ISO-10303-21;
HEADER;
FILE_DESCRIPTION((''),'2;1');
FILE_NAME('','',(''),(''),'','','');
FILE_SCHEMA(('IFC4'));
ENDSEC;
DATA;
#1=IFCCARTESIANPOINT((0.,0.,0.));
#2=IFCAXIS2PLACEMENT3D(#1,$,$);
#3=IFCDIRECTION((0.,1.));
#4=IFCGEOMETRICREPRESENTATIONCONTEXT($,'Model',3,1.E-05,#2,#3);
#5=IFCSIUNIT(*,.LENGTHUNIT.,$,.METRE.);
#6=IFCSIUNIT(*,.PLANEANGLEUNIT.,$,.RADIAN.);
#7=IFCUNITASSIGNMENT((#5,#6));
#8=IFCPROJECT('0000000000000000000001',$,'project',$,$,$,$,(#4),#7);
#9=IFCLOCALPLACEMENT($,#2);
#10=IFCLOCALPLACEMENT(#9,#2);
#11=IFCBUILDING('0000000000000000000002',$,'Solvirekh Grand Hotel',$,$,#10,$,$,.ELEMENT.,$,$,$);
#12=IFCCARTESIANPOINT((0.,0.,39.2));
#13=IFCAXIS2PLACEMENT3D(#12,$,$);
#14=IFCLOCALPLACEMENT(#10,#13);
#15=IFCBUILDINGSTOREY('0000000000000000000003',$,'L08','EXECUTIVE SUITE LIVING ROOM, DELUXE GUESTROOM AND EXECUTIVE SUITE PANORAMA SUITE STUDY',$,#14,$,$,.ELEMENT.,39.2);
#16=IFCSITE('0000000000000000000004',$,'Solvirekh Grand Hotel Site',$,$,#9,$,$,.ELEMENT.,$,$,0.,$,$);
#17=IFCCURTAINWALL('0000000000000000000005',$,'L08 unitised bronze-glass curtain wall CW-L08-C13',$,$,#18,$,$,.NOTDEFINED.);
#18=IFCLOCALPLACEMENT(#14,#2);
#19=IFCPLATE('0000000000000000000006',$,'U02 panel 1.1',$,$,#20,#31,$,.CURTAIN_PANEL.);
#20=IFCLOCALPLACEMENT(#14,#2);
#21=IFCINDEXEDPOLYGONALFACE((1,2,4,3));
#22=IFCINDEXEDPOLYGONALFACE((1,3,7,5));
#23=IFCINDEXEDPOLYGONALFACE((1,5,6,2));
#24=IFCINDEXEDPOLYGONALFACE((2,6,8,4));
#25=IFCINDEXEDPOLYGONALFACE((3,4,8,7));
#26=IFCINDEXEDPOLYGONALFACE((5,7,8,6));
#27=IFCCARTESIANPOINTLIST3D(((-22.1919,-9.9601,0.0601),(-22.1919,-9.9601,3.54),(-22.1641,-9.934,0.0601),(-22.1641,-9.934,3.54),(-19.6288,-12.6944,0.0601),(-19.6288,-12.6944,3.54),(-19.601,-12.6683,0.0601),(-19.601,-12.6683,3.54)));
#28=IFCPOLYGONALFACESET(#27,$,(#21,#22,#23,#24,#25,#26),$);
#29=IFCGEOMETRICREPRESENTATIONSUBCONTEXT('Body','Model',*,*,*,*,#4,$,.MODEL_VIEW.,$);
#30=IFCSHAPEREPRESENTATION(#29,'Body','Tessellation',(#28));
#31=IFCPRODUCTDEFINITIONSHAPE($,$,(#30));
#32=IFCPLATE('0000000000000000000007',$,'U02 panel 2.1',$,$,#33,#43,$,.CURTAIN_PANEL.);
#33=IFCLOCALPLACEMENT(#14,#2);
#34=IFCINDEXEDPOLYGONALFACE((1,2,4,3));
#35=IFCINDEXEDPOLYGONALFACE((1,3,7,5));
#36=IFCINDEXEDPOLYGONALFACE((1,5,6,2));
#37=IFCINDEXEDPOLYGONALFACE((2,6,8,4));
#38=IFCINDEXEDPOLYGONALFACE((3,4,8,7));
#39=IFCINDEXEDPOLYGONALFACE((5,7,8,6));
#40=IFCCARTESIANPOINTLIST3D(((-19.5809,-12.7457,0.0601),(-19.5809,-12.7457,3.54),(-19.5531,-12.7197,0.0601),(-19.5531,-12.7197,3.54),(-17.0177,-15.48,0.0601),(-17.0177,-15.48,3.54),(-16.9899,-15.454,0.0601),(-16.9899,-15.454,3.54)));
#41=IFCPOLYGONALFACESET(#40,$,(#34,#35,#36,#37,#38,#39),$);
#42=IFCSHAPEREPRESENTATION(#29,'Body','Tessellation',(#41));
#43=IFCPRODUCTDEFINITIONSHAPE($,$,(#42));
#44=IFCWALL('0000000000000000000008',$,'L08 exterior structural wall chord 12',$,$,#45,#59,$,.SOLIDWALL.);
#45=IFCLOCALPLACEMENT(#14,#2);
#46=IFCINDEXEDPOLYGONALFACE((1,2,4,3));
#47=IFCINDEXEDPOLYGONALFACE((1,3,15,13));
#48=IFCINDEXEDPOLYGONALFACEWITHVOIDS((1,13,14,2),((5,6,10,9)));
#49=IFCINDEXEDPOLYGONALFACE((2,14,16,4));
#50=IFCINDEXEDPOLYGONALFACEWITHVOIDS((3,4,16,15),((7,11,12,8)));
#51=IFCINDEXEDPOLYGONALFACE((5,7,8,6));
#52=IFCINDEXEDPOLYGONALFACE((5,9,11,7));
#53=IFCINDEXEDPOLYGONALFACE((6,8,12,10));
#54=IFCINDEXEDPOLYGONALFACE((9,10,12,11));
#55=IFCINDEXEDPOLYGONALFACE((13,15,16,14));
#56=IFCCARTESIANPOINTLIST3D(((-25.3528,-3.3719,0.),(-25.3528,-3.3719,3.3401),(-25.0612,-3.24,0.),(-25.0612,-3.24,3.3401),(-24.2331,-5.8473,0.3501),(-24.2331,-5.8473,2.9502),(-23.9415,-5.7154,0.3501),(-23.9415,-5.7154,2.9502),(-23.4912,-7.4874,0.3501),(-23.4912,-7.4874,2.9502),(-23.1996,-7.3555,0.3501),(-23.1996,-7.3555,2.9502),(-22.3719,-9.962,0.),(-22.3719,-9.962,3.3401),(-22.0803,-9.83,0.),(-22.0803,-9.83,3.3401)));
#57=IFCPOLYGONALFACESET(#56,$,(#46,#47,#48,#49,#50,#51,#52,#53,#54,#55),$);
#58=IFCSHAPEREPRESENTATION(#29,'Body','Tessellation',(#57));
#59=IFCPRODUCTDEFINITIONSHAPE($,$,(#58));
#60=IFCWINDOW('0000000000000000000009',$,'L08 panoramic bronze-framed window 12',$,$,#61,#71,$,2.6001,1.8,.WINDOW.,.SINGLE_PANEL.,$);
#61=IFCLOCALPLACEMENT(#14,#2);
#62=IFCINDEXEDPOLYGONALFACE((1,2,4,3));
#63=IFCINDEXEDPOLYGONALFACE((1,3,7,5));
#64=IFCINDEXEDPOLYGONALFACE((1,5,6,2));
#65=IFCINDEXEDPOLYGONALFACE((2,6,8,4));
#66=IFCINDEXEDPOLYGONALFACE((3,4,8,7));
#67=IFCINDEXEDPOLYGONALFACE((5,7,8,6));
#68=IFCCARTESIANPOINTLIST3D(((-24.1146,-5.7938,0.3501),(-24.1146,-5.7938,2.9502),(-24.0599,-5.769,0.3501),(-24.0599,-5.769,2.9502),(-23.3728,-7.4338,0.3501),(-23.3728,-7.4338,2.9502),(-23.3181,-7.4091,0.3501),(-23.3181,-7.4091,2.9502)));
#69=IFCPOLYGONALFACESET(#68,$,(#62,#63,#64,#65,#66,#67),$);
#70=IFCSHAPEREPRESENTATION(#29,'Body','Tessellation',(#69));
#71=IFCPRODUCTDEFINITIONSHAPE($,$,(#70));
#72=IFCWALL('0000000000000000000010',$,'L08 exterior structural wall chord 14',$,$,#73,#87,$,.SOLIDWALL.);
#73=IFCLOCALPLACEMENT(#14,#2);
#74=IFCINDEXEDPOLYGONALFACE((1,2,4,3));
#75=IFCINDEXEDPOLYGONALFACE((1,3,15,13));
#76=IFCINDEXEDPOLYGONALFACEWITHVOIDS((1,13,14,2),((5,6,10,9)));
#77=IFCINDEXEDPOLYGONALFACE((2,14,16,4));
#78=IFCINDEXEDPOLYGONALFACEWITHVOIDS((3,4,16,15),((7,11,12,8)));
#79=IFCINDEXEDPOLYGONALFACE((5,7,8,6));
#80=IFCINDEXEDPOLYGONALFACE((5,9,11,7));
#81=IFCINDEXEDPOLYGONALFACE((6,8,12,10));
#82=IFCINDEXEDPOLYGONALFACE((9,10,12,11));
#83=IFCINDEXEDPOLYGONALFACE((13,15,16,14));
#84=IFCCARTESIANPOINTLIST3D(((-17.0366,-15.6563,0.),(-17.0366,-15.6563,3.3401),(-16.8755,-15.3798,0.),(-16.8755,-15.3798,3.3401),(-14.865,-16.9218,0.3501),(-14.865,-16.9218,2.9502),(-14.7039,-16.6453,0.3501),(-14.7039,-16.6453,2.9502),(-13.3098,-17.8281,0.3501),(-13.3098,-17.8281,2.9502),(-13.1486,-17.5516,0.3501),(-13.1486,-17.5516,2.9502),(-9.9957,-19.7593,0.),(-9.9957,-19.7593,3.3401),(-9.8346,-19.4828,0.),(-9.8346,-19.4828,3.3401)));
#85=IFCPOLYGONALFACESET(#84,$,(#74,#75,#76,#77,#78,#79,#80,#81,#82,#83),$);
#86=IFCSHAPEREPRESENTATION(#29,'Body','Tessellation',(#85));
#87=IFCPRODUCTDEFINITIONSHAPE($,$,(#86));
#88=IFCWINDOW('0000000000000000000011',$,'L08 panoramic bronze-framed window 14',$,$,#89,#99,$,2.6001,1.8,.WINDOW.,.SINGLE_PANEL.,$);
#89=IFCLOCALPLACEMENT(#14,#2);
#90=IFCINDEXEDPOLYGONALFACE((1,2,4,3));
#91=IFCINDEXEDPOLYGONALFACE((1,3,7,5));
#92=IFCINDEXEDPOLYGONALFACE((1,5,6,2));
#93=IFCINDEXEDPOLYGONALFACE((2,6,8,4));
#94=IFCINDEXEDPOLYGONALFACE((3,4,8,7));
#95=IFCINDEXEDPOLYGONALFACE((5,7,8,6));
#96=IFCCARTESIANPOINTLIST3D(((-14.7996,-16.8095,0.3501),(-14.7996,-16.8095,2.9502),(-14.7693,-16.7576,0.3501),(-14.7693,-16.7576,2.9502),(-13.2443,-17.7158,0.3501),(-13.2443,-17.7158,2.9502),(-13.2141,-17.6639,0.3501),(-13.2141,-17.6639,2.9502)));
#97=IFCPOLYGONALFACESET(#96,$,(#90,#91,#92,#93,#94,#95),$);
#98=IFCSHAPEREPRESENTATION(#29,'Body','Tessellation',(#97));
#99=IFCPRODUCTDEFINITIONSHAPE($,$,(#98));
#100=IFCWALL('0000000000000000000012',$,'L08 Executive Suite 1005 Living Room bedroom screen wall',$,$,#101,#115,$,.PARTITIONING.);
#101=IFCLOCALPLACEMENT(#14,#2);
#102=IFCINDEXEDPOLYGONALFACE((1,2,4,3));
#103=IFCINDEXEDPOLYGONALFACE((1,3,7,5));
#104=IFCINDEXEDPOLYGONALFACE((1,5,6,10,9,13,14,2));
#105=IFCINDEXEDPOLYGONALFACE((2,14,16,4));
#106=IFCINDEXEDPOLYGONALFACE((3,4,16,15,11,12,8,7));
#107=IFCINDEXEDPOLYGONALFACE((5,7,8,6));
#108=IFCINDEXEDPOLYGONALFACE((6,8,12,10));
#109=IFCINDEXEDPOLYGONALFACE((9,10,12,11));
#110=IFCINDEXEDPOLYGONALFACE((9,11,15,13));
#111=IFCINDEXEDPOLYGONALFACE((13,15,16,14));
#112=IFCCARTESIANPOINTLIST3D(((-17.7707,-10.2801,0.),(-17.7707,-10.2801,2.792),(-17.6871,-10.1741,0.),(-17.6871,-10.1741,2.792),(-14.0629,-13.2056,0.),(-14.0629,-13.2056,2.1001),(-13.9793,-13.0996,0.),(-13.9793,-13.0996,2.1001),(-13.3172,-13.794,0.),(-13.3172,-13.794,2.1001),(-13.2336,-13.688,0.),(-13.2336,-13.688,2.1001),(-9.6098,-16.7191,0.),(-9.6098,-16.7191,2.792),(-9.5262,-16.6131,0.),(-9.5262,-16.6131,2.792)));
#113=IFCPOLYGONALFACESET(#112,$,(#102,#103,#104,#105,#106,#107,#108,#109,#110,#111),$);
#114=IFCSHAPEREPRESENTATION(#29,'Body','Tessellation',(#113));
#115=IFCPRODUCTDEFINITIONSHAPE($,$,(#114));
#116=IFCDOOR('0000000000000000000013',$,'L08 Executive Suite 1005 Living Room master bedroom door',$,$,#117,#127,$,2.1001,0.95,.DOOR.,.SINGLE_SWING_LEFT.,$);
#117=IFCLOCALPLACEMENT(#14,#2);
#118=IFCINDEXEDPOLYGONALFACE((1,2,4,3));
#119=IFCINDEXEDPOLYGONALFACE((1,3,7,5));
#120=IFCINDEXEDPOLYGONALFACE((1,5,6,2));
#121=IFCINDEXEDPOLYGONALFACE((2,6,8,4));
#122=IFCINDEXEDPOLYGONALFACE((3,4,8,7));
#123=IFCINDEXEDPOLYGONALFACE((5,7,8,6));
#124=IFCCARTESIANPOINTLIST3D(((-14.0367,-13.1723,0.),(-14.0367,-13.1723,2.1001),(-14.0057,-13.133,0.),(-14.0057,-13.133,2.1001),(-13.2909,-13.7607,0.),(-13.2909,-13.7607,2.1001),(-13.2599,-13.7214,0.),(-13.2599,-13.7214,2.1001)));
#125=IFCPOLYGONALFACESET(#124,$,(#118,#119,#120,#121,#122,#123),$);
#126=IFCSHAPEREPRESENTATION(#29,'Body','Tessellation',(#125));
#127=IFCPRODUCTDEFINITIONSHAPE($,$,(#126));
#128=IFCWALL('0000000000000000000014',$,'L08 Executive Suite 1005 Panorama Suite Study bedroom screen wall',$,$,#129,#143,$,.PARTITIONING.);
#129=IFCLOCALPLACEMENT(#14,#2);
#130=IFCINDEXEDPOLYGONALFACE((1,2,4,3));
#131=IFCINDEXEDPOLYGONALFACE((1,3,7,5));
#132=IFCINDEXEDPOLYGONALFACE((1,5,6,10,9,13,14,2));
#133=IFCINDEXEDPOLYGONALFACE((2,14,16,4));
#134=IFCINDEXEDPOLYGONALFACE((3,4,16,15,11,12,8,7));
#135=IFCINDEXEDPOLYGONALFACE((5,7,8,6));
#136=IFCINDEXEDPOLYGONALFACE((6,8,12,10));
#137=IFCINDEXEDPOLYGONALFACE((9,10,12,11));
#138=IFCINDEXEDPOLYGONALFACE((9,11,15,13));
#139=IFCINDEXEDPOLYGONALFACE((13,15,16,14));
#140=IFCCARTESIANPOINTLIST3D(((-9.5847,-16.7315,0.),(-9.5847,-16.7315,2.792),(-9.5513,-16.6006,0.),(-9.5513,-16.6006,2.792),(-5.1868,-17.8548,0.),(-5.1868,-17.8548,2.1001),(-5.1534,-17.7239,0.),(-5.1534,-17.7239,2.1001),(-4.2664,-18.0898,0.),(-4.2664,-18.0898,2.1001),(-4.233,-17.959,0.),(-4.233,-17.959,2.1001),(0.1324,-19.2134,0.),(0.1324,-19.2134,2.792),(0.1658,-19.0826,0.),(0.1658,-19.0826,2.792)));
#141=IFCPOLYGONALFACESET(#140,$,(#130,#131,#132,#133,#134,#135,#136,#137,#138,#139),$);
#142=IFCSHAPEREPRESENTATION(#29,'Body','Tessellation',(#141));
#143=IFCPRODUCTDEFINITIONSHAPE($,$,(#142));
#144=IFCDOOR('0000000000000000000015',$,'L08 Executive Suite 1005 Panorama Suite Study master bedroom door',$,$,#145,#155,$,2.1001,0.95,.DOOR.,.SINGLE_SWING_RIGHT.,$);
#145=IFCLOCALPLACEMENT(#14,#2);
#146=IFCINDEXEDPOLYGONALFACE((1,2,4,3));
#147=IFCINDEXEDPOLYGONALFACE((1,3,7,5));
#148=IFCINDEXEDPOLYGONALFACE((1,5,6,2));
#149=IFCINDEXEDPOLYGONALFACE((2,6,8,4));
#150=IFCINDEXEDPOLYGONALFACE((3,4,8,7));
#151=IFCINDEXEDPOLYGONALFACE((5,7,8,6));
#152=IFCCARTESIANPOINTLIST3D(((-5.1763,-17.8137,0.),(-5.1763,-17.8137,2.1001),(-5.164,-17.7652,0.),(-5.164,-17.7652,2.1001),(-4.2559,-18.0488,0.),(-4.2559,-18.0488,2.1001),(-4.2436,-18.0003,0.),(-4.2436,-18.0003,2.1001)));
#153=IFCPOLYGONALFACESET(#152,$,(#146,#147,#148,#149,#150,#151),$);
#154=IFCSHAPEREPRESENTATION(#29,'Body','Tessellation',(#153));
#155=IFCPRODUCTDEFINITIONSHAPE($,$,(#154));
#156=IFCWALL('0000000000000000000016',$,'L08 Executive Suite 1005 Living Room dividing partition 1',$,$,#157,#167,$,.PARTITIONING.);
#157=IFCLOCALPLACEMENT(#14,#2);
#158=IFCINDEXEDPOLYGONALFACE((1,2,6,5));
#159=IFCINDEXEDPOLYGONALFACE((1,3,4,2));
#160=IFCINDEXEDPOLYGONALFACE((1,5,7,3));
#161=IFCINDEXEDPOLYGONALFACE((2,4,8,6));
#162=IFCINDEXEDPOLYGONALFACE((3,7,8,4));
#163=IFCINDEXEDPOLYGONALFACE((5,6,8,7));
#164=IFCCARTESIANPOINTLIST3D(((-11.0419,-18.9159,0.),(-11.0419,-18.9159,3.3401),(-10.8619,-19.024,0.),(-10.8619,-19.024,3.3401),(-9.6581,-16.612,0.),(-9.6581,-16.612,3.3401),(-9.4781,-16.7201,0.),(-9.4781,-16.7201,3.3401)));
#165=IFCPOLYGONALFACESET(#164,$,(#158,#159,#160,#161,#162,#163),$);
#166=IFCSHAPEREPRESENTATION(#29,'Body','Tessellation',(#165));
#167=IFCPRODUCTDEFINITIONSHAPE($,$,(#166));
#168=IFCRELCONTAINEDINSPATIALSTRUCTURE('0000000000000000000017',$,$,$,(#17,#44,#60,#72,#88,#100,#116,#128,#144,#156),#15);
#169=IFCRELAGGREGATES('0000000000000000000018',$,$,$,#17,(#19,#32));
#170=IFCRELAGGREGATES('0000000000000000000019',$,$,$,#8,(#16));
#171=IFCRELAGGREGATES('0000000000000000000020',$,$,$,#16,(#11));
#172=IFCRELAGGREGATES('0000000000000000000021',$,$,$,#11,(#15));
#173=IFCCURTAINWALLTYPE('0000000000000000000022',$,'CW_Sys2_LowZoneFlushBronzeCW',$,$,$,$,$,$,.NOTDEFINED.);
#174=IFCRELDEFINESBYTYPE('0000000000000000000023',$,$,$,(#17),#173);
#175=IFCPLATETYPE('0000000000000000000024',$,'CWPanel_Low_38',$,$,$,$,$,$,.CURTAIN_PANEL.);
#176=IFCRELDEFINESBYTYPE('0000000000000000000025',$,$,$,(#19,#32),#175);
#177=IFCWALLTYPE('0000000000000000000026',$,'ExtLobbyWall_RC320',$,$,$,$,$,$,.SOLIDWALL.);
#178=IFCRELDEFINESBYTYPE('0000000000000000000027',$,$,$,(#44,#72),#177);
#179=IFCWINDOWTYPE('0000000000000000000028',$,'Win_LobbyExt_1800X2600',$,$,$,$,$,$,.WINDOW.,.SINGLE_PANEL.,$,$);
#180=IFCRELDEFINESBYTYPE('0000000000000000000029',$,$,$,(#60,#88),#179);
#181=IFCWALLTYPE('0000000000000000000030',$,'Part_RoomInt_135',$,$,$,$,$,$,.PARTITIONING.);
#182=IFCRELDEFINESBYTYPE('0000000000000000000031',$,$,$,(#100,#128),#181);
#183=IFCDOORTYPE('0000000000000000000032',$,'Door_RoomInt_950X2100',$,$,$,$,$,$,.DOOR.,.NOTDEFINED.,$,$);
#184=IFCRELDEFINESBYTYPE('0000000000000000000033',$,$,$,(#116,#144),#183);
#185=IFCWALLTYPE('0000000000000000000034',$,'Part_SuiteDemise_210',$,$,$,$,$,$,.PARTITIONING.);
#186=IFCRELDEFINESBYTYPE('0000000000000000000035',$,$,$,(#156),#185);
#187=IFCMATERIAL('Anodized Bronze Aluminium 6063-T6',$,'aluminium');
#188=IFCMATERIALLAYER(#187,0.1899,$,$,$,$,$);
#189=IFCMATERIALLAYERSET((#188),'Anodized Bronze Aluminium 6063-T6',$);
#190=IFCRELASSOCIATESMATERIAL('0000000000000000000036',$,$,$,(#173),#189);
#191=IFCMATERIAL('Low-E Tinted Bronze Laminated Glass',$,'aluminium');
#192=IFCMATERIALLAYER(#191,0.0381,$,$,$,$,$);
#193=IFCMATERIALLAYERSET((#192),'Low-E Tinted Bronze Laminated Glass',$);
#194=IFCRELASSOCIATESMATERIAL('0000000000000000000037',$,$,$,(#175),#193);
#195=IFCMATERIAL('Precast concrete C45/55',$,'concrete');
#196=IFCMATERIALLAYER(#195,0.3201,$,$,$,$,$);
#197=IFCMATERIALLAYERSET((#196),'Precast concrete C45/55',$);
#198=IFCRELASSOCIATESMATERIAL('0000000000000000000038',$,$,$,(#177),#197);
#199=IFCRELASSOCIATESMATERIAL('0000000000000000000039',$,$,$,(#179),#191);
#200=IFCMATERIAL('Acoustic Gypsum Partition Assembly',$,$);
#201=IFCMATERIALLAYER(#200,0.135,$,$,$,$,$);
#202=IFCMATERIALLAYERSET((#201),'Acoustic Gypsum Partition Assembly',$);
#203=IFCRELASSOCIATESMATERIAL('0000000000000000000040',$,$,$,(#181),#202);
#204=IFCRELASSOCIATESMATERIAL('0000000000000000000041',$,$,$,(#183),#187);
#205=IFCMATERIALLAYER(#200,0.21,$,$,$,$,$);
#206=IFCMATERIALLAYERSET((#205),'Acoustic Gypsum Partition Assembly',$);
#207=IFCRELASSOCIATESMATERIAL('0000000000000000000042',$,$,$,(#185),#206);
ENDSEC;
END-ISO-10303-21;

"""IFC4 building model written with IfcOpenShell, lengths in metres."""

from ifc_helpers import new_model, si_unit, direction, frame, frame_2d, origin, origin_2d, place, context, subcontext, project, spatial, rectangle, extrude, source, transform, mapped, material, layer, layer_set, type_object, element, fill, aggregate, save


model = new_model("IFC4")

# Units and contexts
model_context = context("Model", 3, precision=1e-05, world=origin(), true_north=direction((0.0, 1.0)))
body_context = subcontext(model_context, "Body", "Model", "MODEL_VIEW")
ifc_project = project(units=[si_unit("LENGTHUNIT", "METRE"), si_unit("PLANEANGLEUNIT", "RADIAN")], contexts=[model_context])

# Site, building, storey
site_placement = place(None, origin())
site = spatial("IfcSite", under=ifc_project, at=site_placement, Name="Solvirekh Grand Hotel Site", CompositionType="ELEMENT", RefElevation=0.0)
building_placement = place(site_placement, origin())
building = spatial("IfcBuilding", under=site, at=building_placement, Name="Solvirekh Grand Hotel", CompositionType="ELEMENT")
storey_placement = place(building_placement, frame((0.0, 0.0, 39.2)))
storey = spatial("IfcBuildingStorey", under=building, at=storey_placement, Name="L08", Description="EXECUTIVE SUITE LIVING ROOM, DELUXE GUESTROOM AND EXECUTIVE SUITE PANORAMA SUITE STUDY", CompositionType="ELEMENT", Elevation=39.2)

# Curtain wall, plates
ifc_material_1 = material(Name="Anodized Bronze Aluminium 6063-T6", Category="aluminium")
ifc_layer_1 = layer(ifc_material_1, 0.1899)
ifc_layer_set_1 = layer_set([ifc_layer_1], Name="Anodized Bronze Aluminium 6063-T6")
curtain_wall_type = type_object("IfcCurtainWallType", Name="CW_Sys2_LowZoneFlushBronzeCW", PredefinedType="NOTDEFINED", material=ifc_layer_set_1)
curtain_wall_placement = place(storey_placement, origin())
curtain_wall = element("IfcCurtainWall", 1, at=curtain_wall_placement, inside=storey, type_object=curtain_wall_type, Name="L08 unitised bronze-glass curtain wall CW-L08-C13", PredefinedType="NOTDEFINED")
ifc_material_2 = material(Name="Low-E Tinted Bronze Laminated Glass", Category="aluminium")
ifc_layer_2 = layer(ifc_material_2, 0.0381)
ifc_layer_set_2 = layer_set([ifc_layer_2], Name="Low-E Tinted Bronze Laminated Glass")
plate_type = type_object("IfcPlateType", Name="CWPanel_Low_38", PredefinedType="CURTAIN_PANEL", material=ifc_layer_set_2)
shared_shape_1 = source(origin(), body_context, "Body", "SweptSolid", [
    extrude(rectangle(XDim=3.7478, YDim=0.0381, at=origin_2d()), origin(), (0.0, 0.0, 1.0), 3.48),
])
plate_1_placement = place(storey_placement, frame((-20.8965, -11.3142, 0.0601), z_axis=(0.0, 0.0, 1.0), x_axis=(0.683898, -0.729578, 0.0)))
plate_1 = element("IfcPlate", 2, at=plate_1_placement, type_object=plate_type, Name="U02 panel 1.1", PredefinedType="CURTAIN_PANEL", context=body_context, shape_type="MappedRepresentation", body=[
    mapped(shared_shape_1, transform((0.0, 0.0, 0.0), x_axis=(1.0, 0.0, 0.0), y_axis=(0.0, 1.0, 0.0), z_axis=(0.0, 0.0, 1.0), scale=1.0)),
])
plate_2_placement = place(storey_placement, frame((-18.2854, -14.0999, 0.0601), z_axis=(0.0, 0.0, 1.0), x_axis=(0.683898, -0.729578, 0.0)))
plate_2 = element("IfcPlate", 3, at=plate_2_placement, type_object=plate_type, Name="U02 panel 2.1", PredefinedType="CURTAIN_PANEL", context=body_context, shape_type="MappedRepresentation", body=[
    mapped(shared_shape_1, transform((0.0, 0.0, 0.0), x_axis=(1.0, 0.0, 0.0), y_axis=(0.0, 1.0, 0.0), z_axis=(0.0, 0.0, 1.0), scale=1.0)),
])
aggregate(curtain_wall, [plate_1, plate_2])

# Walls, openings, windows
ifc_material_3 = material(Name="Precast concrete C45/55", Category="concrete")
ifc_layer_3 = layer(ifc_material_3, 0.3201)
ifc_layer_set_3 = layer_set([ifc_layer_3], Name="Precast concrete C45/55")
wall_type_1 = type_object("IfcWallType", Name="ExtLobbyWall_RC320", PredefinedType="SOLIDWALL", material=ifc_layer_set_3)
wall_1_placement = place(storey_placement, frame((-22.2261, -9.896, 0.0), z_axis=(0.0, 0.0, 1.0), x_axis=(-0.412137, 0.911122, 0.0)))
wall_1 = element("IfcWall", 4, at=wall_1_placement, inside=storey, type_object=wall_type_1, Name="L08 exterior structural wall chord 12", PredefinedType="SOLIDWALL", context=body_context, shape_type="SweptSolid", body=[
    extrude(rectangle(XDim=7.2329, YDim=0.3201, at=frame_2d((3.6165, 0.0))), origin(), (0.0, 0.0, 1.0), 3.3401),
])
opening_1_placement = place(wall_1_placement, frame((2.7161, 0.0, 0.3501)))
opening_1 = element("IfcOpeningElement", 5, at=opening_1_placement, cuts=wall_1, PredefinedType="OPENING", context=body_context, shape_type="SweptSolid", body=[
    extrude(rectangle(XDim=1.8, YDim=2.6001, at=frame_2d((0.8999, 1.3))), frame((0.0, 0.1699, 0.0), z_axis=(0.0, -1.0, 0.0), x_axis=(1.0, 0.0, 0.0)), (0.0, 0.0, 1.0), 0.3401),
])
window_type = type_object("IfcWindowType", Name="Win_LobbyExt_1800X2600", PartitioningType="SINGLE_PANEL", PredefinedType="WINDOW", material=ifc_material_2)
window_1_placement = place(opening_1_placement, origin())
window_1 = element("IfcWindow", 6, at=window_1_placement, inside=storey, type_object=window_type, Name="L08 panoramic bronze-framed window 12", OverallHeight=2.6001, OverallWidth=1.8, PartitioningType="SINGLE_PANEL", PredefinedType="WINDOW", context=body_context, shape_type="SweptSolid", body=[
    extrude(rectangle(XDim=1.8, YDim=2.6001, at=frame_2d((0.8999, 1.3))), frame((0.0, 0.03, 0.0), z_axis=(0.0, -1.0, 0.0), x_axis=(1.0, 0.0, 0.0)), (0.0, 0.0, 1.0), 0.0601),
])
fill(opening_1, window_1)
wall_2_placement = place(storey_placement, frame((-9.915, -19.6211, 0.0), z_axis=(0.0, 0.0, 1.0), x_axis=(-0.864005, 0.503484, 0.0)))
wall_2 = element("IfcWall", 7, at=wall_2_placement, inside=storey, type_object=wall_type_1, Name="L08 exterior structural wall chord 14", PredefinedType="SOLIDWALL", context=body_context, shape_type="SweptSolid", body=[
    extrude(rectangle(XDim=8.1492, YDim=0.3201, at=frame_2d((4.0747, 0.0))), origin(), (0.0, 0.0, 1.0), 3.3401),
])
opening_2_placement = place(wall_2_placement, frame((3.8359, 0.0, 0.3501)))
opening_2 = element("IfcOpeningElement", 8, at=opening_2_placement, cuts=wall_2, PredefinedType="OPENING", context=body_context, shape_type="SweptSolid", body=[
    extrude(rectangle(XDim=1.8, YDim=2.6001, at=frame_2d((0.8999, 1.3))), frame((0.0, 0.1699, 0.0), z_axis=(0.0, -1.0, 0.0), x_axis=(1.0, 0.0, 0.0)), (0.0, 0.0, 1.0), 0.3401),
])
window_2_placement = place(opening_2_placement, origin())
window_2 = element("IfcWindow", 9, at=window_2_placement, inside=storey, type_object=window_type, Name="L08 panoramic bronze-framed window 14", OverallHeight=2.6001, OverallWidth=1.8, PartitioningType="SINGLE_PANEL", PredefinedType="WINDOW", context=body_context, shape_type="SweptSolid", body=[
    extrude(rectangle(XDim=1.8, YDim=2.6001, at=frame_2d((0.8999, 1.3))), frame((0.0, 0.03, 0.0), z_axis=(0.0, -1.0, 0.0), x_axis=(1.0, 0.0, 0.0)), (0.0, 0.0, 1.0), 0.0601),
])
fill(opening_2, window_2)

# Walls, openings, doors
ifc_material_4 = material(Name="Acoustic Gypsum Partition Assembly")
ifc_layer_4 = layer(ifc_material_4, 0.135)
ifc_layer_set_4 = layer_set([ifc_layer_4], Name="Acoustic Gypsum Partition Assembly")
wall_type_2 = type_object("IfcWallType", Name="Part_RoomInt_135", PredefinedType="PARTITIONING", material=ifc_layer_set_4)
wall_3_placement = place(storey_placement, frame((-17.729, -10.2271, 0.0), z_axis=(0.0, 0.0, 1.0), x_axis=(0.785062, -0.619417, 0.0)))
wall_3 = element("IfcWall", 10, at=wall_3_placement, inside=storey, type_object=wall_type_2, Name="L08 Executive Suite 1005 Living Room bedroom screen wall", PredefinedType="PARTITIONING", context=body_context, shape_type="SweptSolid", body=[
    extrude(rectangle(XDim=10.3953, YDim=0.135, at=frame_2d((5.1978, 0.0))), origin(), (0.0, 0.0, 1.0), 2.792),
])
opening_3_placement = place(wall_3_placement, frame((4.7229, 0.0, 0.0)))
opening_3 = element("IfcOpeningElement", 11, at=opening_3_placement, cuts=wall_3, PredefinedType="OPENING", context=body_context, shape_type="SweptSolid", body=[
    extrude(rectangle(XDim=0.95, YDim=2.1001, at=frame_2d((0.4751, 1.05))), frame((0.0, 0.0776, 0.0), z_axis=(0.0, -1.0, 0.0), x_axis=(1.0, 0.0, 0.0)), (0.0, 0.0, 1.0), 0.155),
])
door_type = type_object("IfcDoorType", Name="Door_RoomInt_950X2100", OperationType="NOTDEFINED", PredefinedType="DOOR", material=ifc_material_1)
door_1_placement = place(opening_3_placement, origin())
door_1 = element("IfcDoor", 12, at=door_1_placement, inside=storey, type_object=door_type, Name="L08 Executive Suite 1005 Living Room master bedroom door", OperationType="SINGLE_SWING_LEFT", OverallHeight=2.1001, OverallWidth=0.95, PredefinedType="DOOR", context=body_context, shape_type="SweptSolid", body=[
    extrude(rectangle(XDim=0.95, YDim=2.1001, at=frame_2d((0.4751, 1.05))), frame((0.0, 0.0249, 0.0), z_axis=(0.0, -1.0, 0.0), x_axis=(1.0, 0.0, 0.0)), (0.0, 0.0, 1.0), 0.05),
])
fill(opening_3, door_1)
wall_4_placement = place(storey_placement, frame((-9.5681, -16.666, 0.0), z_axis=(0.0, 0.0, 1.0), x_axis=(0.968894, -0.247476, 0.0)))
wall_4 = element("IfcWall", 13, at=wall_4_placement, inside=storey, type_object=wall_type_2, Name="L08 Executive Suite 1005 Panorama Suite Study bedroom screen wall", PredefinedType="PARTITIONING", context=body_context, shape_type="SweptSolid", body=[
    extrude(rectangle(XDim=10.0291, YDim=0.135, at=frame_2d((5.0146, 0.0))), origin(), (0.0, 0.0, 1.0), 2.792),
])
opening_4_placement = place(wall_4_placement, frame((4.5391, 0.0, 0.0)))
opening_4 = element("IfcOpeningElement", 14, at=opening_4_placement, cuts=wall_4, PredefinedType="OPENING", context=body_context, shape_type="SweptSolid", body=[
    extrude(rectangle(XDim=0.95, YDim=2.1001, at=frame_2d((0.4751, 1.05))), frame((0.0, 0.0776, 0.0), z_axis=(0.0, -1.0, 0.0), x_axis=(1.0, 0.0, 0.0)), (0.0, 0.0, 1.0), 0.155),
])
door_2_placement = place(opening_4_placement, origin())
door_2 = element("IfcDoor", 15, at=door_2_placement, inside=storey, type_object=door_type, Name="L08 Executive Suite 1005 Panorama Suite Study master bedroom door", OperationType="SINGLE_SWING_RIGHT", OverallHeight=2.1001, OverallWidth=0.95, PredefinedType="DOOR", context=body_context, shape_type="SweptSolid", body=[
    extrude(rectangle(XDim=0.95, YDim=2.1001, at=frame_2d((0.4751, 1.05))), frame((0.0, 0.0249, 0.0), z_axis=(0.0, -1.0, 0.0), x_axis=(1.0, 0.0, 0.0)), (0.0, 0.0, 1.0), 0.05),
])
fill(opening_4, door_2)

# Wall
ifc_layer_5 = layer(ifc_material_4, 0.21)
ifc_layer_set_5 = layer_set([ifc_layer_5], Name="Acoustic Gypsum Partition Assembly")
wall_type_3 = type_object("IfcWallType", Name="Part_SuiteDemise_210", PredefinedType="PARTITIONING", material=ifc_layer_set_5)
wall_5_placement = place(storey_placement, frame((-9.5681, -16.666, 0.0), z_axis=(0.0, 0.0, 1.0), x_axis=(-0.514883, -0.85726, 0.0)))
element("IfcWall", 16, at=wall_5_placement, inside=storey, type_object=wall_type_3, Name="L08 Executive Suite 1005 Living Room dividing partition 1", PredefinedType="PARTITIONING", context=body_context, shape_type="SweptSolid", body=[
    extrude(rectangle(XDim=2.6875, YDim=0.21, at=frame_2d((1.3438, 0.0))), origin(), (0.0, 0.0, 1.0), 3.3401),
])

save(model, "model.ifc")
